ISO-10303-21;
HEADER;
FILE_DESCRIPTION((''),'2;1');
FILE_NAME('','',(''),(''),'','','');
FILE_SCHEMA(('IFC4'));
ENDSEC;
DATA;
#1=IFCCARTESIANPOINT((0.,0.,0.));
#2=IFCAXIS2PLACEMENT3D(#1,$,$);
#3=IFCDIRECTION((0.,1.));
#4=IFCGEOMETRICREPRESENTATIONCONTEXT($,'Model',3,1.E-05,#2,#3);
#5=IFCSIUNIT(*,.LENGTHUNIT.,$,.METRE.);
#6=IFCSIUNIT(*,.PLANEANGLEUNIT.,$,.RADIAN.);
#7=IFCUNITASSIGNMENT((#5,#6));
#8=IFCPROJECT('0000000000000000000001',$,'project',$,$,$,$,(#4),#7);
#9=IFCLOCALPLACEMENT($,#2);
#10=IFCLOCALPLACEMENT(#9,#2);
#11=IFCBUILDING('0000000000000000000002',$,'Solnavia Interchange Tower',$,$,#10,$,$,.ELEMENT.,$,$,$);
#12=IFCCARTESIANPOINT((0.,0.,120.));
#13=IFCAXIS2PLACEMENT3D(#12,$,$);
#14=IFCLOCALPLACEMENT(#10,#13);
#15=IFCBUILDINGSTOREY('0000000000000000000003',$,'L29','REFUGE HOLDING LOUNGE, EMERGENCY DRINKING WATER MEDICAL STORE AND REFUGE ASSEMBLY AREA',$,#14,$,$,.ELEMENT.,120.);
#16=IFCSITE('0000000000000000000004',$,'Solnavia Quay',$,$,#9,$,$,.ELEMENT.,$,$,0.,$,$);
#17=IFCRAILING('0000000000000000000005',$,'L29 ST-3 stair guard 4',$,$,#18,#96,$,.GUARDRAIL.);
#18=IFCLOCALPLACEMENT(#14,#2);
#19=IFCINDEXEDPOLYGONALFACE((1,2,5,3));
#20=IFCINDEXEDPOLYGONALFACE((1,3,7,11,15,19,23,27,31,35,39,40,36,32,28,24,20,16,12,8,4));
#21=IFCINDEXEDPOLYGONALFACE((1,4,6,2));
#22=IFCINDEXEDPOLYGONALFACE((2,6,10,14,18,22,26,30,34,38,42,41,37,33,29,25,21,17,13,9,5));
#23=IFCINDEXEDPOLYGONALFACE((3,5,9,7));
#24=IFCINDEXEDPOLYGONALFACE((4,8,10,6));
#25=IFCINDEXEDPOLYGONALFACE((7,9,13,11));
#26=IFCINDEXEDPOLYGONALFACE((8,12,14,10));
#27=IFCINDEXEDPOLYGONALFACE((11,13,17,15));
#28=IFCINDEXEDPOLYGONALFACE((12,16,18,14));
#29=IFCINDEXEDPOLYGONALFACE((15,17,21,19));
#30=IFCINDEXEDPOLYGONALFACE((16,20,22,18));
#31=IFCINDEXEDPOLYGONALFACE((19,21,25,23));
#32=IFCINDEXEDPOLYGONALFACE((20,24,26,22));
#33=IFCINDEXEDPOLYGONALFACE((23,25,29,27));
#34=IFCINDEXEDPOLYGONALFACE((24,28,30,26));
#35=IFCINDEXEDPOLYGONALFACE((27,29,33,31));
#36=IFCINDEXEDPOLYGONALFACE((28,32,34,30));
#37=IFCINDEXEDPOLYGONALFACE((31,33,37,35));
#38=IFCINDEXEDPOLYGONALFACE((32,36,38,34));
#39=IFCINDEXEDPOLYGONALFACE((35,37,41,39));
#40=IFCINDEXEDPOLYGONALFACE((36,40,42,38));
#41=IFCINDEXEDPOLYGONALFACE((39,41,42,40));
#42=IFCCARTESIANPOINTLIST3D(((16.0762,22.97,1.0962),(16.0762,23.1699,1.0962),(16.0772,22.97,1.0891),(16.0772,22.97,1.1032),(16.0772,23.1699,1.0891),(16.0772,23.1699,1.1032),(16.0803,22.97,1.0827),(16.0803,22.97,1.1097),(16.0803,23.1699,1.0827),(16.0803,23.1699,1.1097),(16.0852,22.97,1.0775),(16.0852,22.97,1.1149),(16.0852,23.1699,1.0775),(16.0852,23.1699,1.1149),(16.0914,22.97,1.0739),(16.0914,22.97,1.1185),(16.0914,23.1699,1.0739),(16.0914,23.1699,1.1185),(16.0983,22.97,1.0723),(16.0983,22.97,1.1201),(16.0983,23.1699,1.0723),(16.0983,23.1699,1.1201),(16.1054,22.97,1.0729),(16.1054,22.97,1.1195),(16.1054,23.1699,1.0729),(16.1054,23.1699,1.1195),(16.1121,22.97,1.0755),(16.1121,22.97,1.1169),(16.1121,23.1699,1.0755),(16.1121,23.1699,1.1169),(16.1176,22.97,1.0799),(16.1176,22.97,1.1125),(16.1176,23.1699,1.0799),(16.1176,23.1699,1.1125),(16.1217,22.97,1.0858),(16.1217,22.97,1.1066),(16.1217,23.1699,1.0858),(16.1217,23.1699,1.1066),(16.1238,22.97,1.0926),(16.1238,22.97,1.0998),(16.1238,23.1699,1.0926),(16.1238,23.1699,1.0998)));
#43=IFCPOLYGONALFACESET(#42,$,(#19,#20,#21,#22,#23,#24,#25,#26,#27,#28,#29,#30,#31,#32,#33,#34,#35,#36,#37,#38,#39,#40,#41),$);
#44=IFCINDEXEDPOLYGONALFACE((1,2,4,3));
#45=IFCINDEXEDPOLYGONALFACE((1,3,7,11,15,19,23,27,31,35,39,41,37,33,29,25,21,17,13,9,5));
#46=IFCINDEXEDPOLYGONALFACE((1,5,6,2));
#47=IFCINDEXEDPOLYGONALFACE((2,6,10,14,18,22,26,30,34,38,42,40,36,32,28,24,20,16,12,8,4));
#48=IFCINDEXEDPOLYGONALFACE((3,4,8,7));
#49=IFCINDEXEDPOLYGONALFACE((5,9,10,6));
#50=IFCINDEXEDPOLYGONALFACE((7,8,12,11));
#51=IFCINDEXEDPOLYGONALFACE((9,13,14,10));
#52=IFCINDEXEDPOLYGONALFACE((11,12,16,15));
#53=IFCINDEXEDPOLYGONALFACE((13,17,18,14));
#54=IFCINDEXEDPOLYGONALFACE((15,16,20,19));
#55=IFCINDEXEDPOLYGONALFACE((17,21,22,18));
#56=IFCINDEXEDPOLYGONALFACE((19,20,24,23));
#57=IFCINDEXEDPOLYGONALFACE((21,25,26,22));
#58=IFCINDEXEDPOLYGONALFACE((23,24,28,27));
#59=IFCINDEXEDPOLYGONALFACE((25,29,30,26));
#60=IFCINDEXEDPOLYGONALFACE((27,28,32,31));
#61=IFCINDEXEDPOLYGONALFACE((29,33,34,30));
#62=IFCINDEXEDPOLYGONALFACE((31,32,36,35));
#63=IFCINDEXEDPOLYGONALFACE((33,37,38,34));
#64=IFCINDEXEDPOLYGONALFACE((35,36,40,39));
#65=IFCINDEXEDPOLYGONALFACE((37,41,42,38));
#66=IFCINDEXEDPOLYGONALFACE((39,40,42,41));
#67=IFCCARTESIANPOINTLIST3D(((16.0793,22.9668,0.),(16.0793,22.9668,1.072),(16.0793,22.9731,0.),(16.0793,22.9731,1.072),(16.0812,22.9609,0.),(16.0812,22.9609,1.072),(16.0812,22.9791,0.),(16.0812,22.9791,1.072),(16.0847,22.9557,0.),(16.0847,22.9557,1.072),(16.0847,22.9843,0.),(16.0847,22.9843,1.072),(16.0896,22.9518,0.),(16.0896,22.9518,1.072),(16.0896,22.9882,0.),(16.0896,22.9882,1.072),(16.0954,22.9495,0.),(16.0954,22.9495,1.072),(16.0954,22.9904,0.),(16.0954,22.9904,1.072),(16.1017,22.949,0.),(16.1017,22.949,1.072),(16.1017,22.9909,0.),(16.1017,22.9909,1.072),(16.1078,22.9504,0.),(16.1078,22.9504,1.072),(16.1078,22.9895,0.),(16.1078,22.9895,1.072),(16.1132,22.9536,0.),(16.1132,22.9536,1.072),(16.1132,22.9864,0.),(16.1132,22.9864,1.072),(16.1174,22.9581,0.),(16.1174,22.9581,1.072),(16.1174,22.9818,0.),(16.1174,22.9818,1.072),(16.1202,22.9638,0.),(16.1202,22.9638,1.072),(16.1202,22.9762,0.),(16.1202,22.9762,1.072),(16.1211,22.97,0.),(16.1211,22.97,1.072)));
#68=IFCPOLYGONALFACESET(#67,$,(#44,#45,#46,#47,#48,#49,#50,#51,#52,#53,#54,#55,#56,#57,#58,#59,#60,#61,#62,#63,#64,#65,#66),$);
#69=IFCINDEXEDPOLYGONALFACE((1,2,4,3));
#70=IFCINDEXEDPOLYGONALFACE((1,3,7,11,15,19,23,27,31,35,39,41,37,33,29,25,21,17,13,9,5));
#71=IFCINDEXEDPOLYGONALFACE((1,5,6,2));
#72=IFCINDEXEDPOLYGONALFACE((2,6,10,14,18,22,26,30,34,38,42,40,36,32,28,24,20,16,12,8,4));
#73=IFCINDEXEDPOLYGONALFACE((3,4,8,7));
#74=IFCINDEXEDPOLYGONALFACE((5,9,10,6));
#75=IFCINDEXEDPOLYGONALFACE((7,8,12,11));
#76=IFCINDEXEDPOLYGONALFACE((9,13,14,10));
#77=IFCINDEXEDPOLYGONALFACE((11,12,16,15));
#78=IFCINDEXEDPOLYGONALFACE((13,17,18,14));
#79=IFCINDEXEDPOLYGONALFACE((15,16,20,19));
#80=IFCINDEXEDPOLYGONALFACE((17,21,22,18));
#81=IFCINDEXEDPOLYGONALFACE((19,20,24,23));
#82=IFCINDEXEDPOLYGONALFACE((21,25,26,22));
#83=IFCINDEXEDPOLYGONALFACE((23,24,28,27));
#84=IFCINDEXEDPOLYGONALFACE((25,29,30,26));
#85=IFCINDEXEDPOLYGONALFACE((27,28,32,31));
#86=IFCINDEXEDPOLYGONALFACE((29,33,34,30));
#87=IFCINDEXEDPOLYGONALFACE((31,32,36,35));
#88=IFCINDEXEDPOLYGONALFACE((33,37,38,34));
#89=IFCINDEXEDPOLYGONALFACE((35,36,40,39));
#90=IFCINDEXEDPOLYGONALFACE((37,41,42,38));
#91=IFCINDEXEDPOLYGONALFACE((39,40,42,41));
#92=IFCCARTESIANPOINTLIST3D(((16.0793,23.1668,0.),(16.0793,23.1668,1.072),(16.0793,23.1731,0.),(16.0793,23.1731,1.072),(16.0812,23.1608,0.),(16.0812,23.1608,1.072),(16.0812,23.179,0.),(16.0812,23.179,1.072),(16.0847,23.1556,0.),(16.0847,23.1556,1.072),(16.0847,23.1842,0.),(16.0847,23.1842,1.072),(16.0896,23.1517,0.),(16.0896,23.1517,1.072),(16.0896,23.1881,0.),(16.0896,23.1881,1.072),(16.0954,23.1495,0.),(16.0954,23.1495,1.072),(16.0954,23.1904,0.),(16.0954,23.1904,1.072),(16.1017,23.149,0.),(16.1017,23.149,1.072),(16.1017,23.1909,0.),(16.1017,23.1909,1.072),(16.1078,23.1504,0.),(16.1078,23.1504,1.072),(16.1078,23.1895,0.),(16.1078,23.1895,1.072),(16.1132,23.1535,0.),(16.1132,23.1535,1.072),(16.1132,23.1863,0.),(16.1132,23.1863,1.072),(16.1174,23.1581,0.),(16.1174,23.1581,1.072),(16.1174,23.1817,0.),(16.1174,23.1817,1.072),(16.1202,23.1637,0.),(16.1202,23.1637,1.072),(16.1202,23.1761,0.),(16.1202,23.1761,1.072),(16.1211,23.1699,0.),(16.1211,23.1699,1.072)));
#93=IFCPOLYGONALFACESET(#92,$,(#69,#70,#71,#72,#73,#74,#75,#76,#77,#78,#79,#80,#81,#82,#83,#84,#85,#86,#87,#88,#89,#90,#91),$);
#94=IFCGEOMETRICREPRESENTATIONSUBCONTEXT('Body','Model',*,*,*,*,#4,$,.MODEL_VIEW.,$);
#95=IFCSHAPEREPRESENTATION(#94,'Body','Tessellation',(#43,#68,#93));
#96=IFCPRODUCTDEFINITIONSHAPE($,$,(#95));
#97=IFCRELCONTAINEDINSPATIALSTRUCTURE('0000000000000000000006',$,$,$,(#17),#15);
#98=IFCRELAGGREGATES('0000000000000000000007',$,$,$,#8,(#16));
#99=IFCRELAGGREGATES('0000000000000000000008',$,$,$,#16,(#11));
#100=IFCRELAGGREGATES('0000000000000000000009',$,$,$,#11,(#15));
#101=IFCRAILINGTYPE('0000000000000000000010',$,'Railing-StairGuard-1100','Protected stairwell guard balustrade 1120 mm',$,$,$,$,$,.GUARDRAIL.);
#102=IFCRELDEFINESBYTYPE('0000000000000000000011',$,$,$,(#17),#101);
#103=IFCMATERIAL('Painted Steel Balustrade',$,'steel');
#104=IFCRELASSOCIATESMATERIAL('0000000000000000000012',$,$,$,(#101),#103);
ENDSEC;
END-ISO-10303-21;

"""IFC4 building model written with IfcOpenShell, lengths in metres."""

from ifc_helpers import new_model, si_unit, direction, frame, origin, origin_2d, place, context, subcontext, project, spatial, circle, extrude, material, type_object, element, save


model = new_model("IFC4")

# Units and contexts
model_context = context("Model", 3, precision=1e-05, world=origin(), true_north=direction((0.0, 1.0)))
body_context = subcontext(model_context, "Body", "Model", "MODEL_VIEW")
ifc_project = project(units=[si_unit("LENGTHUNIT", "METRE"), si_unit("PLANEANGLEUNIT", "RADIAN")], contexts=[model_context])

# Site, building, storey
site_placement = place(None, origin())
site = spatial("IfcSite", under=ifc_project, at=site_placement, Name="Solnavia Quay", CompositionType="ELEMENT", RefElevation=0.0)
building_placement = place(site_placement, origin())
building = spatial("IfcBuilding", under=site, at=building_placement, Name="Solnavia Interchange Tower", CompositionType="ELEMENT")
storey_placement = place(building_placement, frame((0.0, 0.0, 120.0)))
storey = spatial("IfcBuildingStorey", under=building, at=storey_placement, Name="L29", Description="REFUGE HOLDING LOUNGE, EMERGENCY DRINKING WATER MEDICAL STORE AND REFUGE ASSEMBLY AREA", CompositionType="ELEMENT", Elevation=120.0)

# Railing
ifc_material_1 = material(Name="Painted Steel Balustrade", Category="steel")
railing_type_1 = type_object("IfcRailingType", Name="Railing-StairGuard-1100", Description="Protected stairwell guard balustrade 1120 mm", PredefinedType="GUARDRAIL", material=ifc_material_1)
railing_1_placement = place(storey_placement, frame((16.1001, 22.97, 0.0)))
element("IfcRailing", 1, at=railing_1_placement, inside=storey, type_object=railing_type_1, Name="L29 ST-3 stair guard 4", PredefinedType="GUARDRAIL", context=body_context, shape_type="SweptSolid", body=[
    extrude(circle(Radius=0.0239, at=origin_2d()), frame((0.0, 0.0, 1.0962), z_axis=(0.0, 1.0, 0.0), x_axis=(-1.0, 0.0, 0.0)), (0.0, 0.0, 1.0), 0.2),
    extrude(circle(Radius=0.021, at=origin_2d()), origin(), (0.0, 0.0, 1.0), 1.072),
    extrude(circle(Radius=0.021, at=origin_2d()), frame((0.0, 0.2, 0.0)), (0.0, 0.0, 1.0), 1.072),
])

save(model, "model.ifc")
